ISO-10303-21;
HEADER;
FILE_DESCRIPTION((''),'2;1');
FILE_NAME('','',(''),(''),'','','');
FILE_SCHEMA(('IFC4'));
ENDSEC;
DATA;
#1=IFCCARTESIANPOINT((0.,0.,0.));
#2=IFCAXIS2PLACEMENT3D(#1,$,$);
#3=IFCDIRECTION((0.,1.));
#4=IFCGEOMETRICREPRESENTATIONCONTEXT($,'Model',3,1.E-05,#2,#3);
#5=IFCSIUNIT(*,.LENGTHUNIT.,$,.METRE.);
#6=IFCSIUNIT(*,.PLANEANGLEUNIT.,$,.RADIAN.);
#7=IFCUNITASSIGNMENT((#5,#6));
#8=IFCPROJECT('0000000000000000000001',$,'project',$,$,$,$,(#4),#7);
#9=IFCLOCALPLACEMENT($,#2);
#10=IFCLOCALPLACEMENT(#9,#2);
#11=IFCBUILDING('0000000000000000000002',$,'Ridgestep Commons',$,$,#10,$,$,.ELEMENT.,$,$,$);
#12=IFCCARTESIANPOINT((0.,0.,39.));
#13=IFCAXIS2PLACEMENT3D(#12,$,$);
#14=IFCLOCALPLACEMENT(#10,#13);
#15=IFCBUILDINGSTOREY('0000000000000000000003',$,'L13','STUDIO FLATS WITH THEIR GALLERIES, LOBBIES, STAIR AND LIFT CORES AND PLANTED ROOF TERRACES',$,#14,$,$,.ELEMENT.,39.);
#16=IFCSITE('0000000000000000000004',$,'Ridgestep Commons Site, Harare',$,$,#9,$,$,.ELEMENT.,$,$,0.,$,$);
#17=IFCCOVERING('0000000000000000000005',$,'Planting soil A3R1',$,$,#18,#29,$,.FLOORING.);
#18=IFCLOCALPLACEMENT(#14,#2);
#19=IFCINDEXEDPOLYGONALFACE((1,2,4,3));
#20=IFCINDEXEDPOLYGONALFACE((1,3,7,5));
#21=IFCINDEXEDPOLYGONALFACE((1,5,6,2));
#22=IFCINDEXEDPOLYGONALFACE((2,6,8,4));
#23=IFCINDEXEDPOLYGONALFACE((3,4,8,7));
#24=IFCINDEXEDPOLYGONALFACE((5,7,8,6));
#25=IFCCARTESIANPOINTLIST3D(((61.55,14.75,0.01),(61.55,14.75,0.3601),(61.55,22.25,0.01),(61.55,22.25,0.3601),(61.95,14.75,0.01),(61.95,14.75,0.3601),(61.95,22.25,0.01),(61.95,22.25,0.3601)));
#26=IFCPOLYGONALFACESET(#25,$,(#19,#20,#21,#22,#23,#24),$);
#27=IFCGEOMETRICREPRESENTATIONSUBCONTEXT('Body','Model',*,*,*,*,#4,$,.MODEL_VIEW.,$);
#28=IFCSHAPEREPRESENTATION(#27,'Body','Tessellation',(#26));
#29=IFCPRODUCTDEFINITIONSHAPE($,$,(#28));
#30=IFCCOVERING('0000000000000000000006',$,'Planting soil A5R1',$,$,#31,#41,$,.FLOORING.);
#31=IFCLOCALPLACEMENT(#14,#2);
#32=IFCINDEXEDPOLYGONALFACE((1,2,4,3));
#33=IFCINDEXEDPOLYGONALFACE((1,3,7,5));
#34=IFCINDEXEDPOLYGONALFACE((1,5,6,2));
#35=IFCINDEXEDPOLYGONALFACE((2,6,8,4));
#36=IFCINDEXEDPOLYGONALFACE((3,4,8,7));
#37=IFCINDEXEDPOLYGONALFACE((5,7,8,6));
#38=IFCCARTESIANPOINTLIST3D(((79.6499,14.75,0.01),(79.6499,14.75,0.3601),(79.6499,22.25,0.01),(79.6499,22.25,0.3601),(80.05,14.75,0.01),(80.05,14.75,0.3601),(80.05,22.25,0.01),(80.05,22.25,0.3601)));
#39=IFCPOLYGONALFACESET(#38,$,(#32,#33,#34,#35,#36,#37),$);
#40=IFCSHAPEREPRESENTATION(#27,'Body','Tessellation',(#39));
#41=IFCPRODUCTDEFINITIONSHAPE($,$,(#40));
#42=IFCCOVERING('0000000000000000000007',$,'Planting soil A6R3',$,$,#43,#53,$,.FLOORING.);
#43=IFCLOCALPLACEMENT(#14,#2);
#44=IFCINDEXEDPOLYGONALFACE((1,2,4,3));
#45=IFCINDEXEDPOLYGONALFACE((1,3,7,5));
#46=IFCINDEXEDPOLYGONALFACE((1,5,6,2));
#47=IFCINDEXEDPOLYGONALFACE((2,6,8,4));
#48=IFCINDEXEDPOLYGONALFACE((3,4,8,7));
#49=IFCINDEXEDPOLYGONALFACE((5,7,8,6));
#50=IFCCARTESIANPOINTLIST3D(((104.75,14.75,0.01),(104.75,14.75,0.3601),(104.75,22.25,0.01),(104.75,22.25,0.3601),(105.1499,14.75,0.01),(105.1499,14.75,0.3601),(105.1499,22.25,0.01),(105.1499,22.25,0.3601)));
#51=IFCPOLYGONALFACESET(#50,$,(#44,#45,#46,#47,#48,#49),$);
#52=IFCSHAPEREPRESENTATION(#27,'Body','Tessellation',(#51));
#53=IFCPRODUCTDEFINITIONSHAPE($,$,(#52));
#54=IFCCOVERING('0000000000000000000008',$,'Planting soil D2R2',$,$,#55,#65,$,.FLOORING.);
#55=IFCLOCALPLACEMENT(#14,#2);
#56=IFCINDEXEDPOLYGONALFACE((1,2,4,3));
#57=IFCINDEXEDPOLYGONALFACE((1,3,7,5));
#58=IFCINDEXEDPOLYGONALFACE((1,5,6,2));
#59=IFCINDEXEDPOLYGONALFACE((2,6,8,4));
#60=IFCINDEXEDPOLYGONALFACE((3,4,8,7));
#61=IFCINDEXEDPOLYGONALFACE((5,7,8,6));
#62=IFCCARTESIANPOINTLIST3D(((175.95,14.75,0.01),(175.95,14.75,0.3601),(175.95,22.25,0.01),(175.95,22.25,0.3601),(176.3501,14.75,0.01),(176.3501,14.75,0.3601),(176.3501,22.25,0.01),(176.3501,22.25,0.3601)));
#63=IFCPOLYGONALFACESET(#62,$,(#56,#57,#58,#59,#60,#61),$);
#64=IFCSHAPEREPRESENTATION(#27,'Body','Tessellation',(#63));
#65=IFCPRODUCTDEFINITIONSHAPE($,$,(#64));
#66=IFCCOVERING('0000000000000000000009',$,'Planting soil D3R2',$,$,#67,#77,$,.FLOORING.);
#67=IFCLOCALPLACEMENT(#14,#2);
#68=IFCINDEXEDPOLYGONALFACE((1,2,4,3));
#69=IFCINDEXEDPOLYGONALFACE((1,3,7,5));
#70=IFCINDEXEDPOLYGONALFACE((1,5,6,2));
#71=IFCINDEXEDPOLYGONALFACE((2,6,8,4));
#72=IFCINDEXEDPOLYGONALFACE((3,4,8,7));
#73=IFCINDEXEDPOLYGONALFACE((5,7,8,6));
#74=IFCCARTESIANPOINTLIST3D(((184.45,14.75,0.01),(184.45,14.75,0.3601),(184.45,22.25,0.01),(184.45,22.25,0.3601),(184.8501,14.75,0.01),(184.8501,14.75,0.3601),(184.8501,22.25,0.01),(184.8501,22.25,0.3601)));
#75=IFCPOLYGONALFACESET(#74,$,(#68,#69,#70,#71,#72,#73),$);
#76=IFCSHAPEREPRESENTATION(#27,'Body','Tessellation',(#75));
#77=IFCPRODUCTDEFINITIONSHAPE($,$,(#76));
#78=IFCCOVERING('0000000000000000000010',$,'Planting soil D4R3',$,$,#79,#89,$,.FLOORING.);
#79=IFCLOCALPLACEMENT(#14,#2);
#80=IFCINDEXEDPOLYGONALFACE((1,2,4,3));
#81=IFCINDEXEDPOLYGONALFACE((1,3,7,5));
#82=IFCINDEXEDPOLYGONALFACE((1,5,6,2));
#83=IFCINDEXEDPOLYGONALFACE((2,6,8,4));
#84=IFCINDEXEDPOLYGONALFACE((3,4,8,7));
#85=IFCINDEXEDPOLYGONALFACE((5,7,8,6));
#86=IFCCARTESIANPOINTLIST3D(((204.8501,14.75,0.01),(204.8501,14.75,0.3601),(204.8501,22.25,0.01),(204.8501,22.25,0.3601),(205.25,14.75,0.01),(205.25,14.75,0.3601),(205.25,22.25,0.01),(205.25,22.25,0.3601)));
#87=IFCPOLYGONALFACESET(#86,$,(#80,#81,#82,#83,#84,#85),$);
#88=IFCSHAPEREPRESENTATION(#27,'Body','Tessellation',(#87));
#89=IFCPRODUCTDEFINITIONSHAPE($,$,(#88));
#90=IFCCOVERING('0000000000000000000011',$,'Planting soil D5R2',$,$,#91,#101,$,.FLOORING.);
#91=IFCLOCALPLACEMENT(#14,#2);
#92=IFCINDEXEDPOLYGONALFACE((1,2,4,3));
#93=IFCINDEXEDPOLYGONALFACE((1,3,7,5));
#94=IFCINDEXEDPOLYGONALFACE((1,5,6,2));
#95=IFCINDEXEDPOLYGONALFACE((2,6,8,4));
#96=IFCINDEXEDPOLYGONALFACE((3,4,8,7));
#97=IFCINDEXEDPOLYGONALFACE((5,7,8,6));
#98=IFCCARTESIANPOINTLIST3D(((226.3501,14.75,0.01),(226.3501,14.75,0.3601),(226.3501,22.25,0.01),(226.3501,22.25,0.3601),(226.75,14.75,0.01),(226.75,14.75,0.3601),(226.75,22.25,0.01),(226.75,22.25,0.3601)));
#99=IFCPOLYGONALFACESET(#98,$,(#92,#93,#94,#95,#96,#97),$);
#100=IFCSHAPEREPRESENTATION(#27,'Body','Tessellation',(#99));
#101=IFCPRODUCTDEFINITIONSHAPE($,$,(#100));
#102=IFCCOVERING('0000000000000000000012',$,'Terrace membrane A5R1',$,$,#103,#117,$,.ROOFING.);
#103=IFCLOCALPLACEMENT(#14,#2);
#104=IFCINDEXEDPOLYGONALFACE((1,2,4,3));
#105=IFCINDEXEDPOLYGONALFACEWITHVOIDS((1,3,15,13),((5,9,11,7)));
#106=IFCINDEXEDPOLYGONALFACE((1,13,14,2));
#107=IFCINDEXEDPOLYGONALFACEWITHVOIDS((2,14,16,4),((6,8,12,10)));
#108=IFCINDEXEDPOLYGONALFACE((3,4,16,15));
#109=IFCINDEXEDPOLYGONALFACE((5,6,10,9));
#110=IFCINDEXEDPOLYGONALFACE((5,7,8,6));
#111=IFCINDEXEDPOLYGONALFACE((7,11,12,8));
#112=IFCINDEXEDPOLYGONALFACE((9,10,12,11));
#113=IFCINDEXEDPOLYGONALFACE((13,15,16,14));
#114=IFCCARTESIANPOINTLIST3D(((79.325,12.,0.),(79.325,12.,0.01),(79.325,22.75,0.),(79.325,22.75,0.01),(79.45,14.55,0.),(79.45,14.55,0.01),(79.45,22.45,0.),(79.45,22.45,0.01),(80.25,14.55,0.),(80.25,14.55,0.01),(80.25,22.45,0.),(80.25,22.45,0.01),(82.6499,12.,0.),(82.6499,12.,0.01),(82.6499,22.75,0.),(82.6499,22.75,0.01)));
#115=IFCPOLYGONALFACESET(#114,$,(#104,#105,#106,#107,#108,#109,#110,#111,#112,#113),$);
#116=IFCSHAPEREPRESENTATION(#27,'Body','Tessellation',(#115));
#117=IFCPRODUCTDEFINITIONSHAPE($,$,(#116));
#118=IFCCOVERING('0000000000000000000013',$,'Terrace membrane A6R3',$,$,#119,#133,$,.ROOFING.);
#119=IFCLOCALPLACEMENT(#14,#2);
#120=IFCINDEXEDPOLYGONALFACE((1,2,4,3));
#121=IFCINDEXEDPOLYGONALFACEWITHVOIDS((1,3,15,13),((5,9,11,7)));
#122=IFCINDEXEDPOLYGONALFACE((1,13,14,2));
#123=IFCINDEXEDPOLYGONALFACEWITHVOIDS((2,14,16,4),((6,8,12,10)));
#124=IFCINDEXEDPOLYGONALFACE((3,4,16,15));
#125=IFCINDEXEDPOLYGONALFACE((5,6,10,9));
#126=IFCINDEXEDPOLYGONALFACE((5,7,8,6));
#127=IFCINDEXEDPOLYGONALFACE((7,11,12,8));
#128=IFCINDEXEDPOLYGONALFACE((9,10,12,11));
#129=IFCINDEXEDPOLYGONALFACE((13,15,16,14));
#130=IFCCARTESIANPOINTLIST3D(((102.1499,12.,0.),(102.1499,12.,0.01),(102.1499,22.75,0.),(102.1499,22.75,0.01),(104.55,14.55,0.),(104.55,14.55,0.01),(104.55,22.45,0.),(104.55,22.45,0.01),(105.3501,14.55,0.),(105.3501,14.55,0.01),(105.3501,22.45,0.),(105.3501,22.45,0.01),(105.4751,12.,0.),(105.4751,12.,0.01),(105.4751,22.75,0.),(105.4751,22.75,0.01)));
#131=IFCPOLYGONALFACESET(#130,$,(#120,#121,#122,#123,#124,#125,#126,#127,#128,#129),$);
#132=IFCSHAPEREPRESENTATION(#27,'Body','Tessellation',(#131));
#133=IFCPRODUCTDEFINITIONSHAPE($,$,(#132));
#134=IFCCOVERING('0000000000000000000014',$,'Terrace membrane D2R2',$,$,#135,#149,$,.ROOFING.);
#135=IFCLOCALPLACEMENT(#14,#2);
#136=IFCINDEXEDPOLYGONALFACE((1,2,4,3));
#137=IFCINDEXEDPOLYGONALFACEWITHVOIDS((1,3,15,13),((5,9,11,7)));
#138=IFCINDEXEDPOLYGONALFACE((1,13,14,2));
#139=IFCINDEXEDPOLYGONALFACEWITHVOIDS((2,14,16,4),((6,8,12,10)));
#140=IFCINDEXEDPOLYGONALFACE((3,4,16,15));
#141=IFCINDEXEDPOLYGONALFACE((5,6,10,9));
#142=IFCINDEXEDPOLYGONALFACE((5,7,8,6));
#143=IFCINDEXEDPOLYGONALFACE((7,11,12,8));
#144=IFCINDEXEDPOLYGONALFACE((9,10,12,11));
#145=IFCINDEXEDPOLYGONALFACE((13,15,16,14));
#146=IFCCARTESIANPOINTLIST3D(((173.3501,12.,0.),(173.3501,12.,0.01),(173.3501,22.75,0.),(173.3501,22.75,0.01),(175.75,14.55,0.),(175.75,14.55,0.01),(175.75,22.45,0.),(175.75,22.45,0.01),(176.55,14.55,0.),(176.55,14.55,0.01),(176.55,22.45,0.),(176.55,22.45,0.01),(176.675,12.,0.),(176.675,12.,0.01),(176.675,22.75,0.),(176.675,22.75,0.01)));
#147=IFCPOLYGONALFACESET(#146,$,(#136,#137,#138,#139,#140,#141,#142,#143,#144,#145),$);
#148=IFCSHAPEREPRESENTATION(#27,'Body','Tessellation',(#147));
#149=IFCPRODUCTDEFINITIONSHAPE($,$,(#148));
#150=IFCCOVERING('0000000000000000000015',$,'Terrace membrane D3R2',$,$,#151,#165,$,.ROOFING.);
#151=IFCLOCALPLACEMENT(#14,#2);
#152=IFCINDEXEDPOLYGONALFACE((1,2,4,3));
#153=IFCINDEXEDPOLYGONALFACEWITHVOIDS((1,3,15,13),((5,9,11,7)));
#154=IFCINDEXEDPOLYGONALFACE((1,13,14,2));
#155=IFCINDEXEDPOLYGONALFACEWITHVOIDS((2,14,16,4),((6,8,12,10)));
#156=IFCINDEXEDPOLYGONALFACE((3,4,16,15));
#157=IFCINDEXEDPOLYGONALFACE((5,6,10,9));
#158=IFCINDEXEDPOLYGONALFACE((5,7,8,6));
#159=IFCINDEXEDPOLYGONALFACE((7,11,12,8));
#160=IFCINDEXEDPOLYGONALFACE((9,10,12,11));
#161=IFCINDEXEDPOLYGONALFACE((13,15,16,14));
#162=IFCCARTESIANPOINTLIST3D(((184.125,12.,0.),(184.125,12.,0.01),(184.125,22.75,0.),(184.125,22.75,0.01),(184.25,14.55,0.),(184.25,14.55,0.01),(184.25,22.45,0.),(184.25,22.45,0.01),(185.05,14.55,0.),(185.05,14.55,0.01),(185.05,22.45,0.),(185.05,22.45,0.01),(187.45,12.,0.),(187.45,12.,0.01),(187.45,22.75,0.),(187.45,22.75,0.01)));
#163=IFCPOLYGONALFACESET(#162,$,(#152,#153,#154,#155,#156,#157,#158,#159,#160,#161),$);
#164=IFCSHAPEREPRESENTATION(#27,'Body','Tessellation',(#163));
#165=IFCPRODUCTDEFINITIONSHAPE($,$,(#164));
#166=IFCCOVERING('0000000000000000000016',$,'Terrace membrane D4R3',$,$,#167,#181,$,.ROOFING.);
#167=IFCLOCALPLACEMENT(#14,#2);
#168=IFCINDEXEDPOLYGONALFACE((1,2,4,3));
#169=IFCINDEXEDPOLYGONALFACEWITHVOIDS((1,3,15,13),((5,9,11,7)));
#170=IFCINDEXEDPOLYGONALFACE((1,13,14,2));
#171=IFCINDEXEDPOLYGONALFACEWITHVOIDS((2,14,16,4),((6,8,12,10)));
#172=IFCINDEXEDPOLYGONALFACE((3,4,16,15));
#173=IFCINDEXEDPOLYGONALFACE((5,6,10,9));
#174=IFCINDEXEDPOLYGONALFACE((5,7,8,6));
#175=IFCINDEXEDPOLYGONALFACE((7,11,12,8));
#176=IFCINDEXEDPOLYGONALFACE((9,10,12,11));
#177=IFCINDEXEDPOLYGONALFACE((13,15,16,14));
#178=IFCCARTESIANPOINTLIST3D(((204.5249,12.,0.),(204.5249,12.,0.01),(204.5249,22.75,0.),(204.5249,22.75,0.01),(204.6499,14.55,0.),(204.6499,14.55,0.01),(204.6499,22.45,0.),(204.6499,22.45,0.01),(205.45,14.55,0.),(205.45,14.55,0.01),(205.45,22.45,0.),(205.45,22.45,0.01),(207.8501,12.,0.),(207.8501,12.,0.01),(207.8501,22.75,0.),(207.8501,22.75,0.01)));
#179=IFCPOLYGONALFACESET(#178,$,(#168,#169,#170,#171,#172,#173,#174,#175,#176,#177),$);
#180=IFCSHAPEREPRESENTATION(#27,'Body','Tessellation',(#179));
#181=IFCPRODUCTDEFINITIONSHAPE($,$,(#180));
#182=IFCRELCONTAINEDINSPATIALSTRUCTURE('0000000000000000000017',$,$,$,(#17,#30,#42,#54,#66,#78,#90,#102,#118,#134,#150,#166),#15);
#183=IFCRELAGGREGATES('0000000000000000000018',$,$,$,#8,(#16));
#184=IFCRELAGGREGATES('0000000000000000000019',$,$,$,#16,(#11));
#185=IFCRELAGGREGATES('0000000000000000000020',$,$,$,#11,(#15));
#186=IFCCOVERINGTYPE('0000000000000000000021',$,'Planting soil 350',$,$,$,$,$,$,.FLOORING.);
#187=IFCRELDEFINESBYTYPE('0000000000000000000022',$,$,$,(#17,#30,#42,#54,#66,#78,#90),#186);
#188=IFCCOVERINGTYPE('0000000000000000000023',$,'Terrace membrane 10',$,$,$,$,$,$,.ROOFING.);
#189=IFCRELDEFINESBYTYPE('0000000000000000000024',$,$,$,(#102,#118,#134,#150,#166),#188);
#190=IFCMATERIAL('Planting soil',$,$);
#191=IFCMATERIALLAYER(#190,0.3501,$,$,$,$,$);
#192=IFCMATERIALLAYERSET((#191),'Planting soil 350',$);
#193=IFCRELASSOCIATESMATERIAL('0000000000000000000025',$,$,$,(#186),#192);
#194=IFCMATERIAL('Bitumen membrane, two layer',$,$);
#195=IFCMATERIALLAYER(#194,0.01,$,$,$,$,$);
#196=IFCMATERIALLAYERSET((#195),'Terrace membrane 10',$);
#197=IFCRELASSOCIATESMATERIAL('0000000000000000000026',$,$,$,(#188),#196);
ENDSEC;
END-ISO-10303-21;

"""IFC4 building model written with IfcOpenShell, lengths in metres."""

from ifc_helpers import new_model, si_unit, direction, frame, origin, place, context, subcontext, project, spatial, polyline, outline, extrude, material, layer, layer_set, type_object, element, save


model = new_model("IFC4")

# Units and contexts
model_context = context("Model", 3, precision=1e-05, world=origin(), true_north=direction((0.0, 1.0)))
body_context = subcontext(model_context, "Body", "Model", "MODEL_VIEW")
ifc_project = project(units=[si_unit("LENGTHUNIT", "METRE"), si_unit("PLANEANGLEUNIT", "RADIAN")], contexts=[model_context])

# Site, building, storey
site_placement = place(None, origin())
site = spatial("IfcSite", under=ifc_project, at=site_placement, Name="Ridgestep Commons Site, Harare", CompositionType="ELEMENT", RefElevation=0.0)
building_placement = place(site_placement, origin())
building = spatial("IfcBuilding", under=site, at=building_placement, Name="Ridgestep Commons", CompositionType="ELEMENT")
storey_placement = place(building_placement, frame((0.0, 0.0, 39.0)))
storey = spatial("IfcBuildingStorey", under=building, at=storey_placement, Name="L13", Description="STUDIO FLATS WITH THEIR GALLERIES, LOBBIES, STAIR AND LIFT CORES AND PLANTED ROOF TERRACES", CompositionType="ELEMENT", Elevation=39.0)

# Coverings
ifc_material_1 = material(Name="Planting soil")
ifc_layer_1 = layer(ifc_material_1, 0.3501)
ifc_layer_set_1 = layer_set([ifc_layer_1], Name="Planting soil 350")
covering_type_1 = type_object("IfcCoveringType", Name="Planting soil 350", PredefinedType="FLOORING", material=ifc_layer_set_1)
covering_1_placement = place(storey_placement, frame((0.0, 0.0, 0.01)))
element("IfcCovering", 1, at=covering_1_placement, inside=storey, type_object=covering_type_1, Name="Planting soil A3R1", PredefinedType="FLOORING", context=body_context, shape_type="SweptSolid", body=[
    extrude(outline(polyline([(61.55, 14.75), (61.95, 14.75), (61.95, 22.25), (61.55, 22.25), (61.55, 14.75)])), origin(), (0.0, 0.0, 1.0), 0.3501),
])
covering_2_placement = place(storey_placement, frame((0.0, 0.0, 0.01)))
element("IfcCovering", 2, at=covering_2_placement, inside=storey, type_object=covering_type_1, Name="Planting soil A5R1", PredefinedType="FLOORING", context=body_context, shape_type="SweptSolid", body=[
    extrude(outline(polyline([(79.6499, 14.75), (80.05, 14.75), (80.05, 22.25), (79.6499, 22.25), (79.6499, 14.75)])), origin(), (0.0, 0.0, 1.0), 0.3501),
])
covering_3_placement = place(storey_placement, frame((0.0, 0.0, 0.01)))
element("IfcCovering", 3, at=covering_3_placement, inside=storey, type_object=covering_type_1, Name="Planting soil A6R3", PredefinedType="FLOORING", context=body_context, shape_type="SweptSolid", body=[
    extrude(outline(polyline([(104.75, 14.75), (105.1499, 14.75), (105.1499, 22.25), (104.75, 22.25), (104.75, 14.75)])), origin(), (0.0, 0.0, 1.0), 0.3501),
])
covering_4_placement = place(storey_placement, frame((0.0, 0.0, 0.01)))
element("IfcCovering", 4, at=covering_4_placement, inside=storey, type_object=covering_type_1, Name="Planting soil D2R2", PredefinedType="FLOORING", context=body_context, shape_type="SweptSolid", body=[
    extrude(outline(polyline([(175.95, 14.75), (176.3501, 14.75), (176.3501, 22.25), (175.95, 22.25), (175.95, 14.75)])), origin(), (0.0, 0.0, 1.0), 0.3501),
])
covering_5_placement = place(storey_placement, frame((0.0, 0.0, 0.01)))
element("IfcCovering", 5, at=covering_5_placement, inside=storey, type_object=covering_type_1, Name="Planting soil D3R2", PredefinedType="FLOORING", context=body_context, shape_type="SweptSolid", body=[
    extrude(outline(polyline([(184.45, 14.75), (184.8501, 14.75), (184.8501, 22.25), (184.45, 22.25), (184.45, 14.75)])), origin(), (0.0, 0.0, 1.0), 0.3501),
])
covering_6_placement = place(storey_placement, frame((0.0, 0.0, 0.01)))
element("IfcCovering", 6, at=covering_6_placement, inside=storey, type_object=covering_type_1, Name="Planting soil D4R3", PredefinedType="FLOORING", context=body_context, shape_type="SweptSolid", body=[
    extrude(outline(polyline([(204.8501, 14.75), (205.25, 14.75), (205.25, 22.25), (204.8501, 22.25), (204.8501, 14.75)])), origin(), (0.0, 0.0, 1.0), 0.3501),
])
covering_7_placement = place(storey_placement, frame((0.0, 0.0, 0.01)))
element("IfcCovering", 7, at=covering_7_placement, inside=storey, type_object=covering_type_1, Name="Planting soil D5R2", PredefinedType="FLOORING", context=body_context, shape_type="SweptSolid", body=[
    extrude(outline(polyline([(226.3501, 14.75), (226.75, 14.75), (226.75, 22.25), (226.3501, 22.25), (226.3501, 14.75)])), origin(), (0.0, 0.0, 1.0), 0.3501),
])
ifc_material_2 = material(Name="Bitumen membrane, two layer")
ifc_layer_2 = layer(ifc_material_2, 0.01)
ifc_layer_set_2 = layer_set([ifc_layer_2], Name="Terrace membrane 10")
covering_type_2 = type_object("IfcCoveringType", Name="Terrace membrane 10", PredefinedType="ROOFING", material=ifc_layer_set_2)
covering_8_placement = place(storey_placement, origin())
element("IfcCovering", 8, at=covering_8_placement, inside=storey, type_object=covering_type_2, Name="Terrace membrane A5R1", PredefinedType="ROOFING", context=body_context, shape_type="SweptSolid", body=[
    extrude(outline(polyline([(82.6499, 12.0), (82.6499, 22.75), (79.325, 22.75), (79.325, 12.0), (82.6499, 12.0)]), holes=[polyline([(80.25, 14.55), (80.25, 22.45), (79.45, 22.45), (79.45, 14.55), (80.25, 14.55)])]), origin(), (0.0, 0.0, 1.0), 0.01),
])
covering_9_placement = place(storey_placement, origin())
element("IfcCovering", 9, at=covering_9_placement, inside=storey, type_object=covering_type_2, Name="Terrace membrane A6R3", PredefinedType="ROOFING", context=body_context, shape_type="SweptSolid", body=[
    extrude(outline(polyline([(105.4751, 12.0), (105.4751, 22.75), (102.1499, 22.75), (102.1499, 12.0), (105.4751, 12.0)]), holes=[polyline([(105.3501, 14.55), (105.3501, 22.45), (104.55, 22.45), (104.55, 14.55), (105.3501, 14.55)])]), origin(), (0.0, 0.0, 1.0), 0.01),
])
covering_10_placement = place(storey_placement, origin())
element("IfcCovering", 10, at=covering_10_placement, inside=storey, type_object=covering_type_2, Name="Terrace membrane D2R2", PredefinedType="ROOFING", context=body_context, shape_type="SweptSolid", body=[
    extrude(outline(polyline([(176.675, 12.0), (176.675, 22.75), (173.3501, 22.75), (173.3501, 12.0), (176.675, 12.0)]), holes=[polyline([(176.55, 14.55), (176.55, 22.45), (175.75, 22.45), (175.75, 14.55), (176.55, 14.55)])]), origin(), (0.0, 0.0, 1.0), 0.01),
])
covering_11_placement = place(storey_placement, origin())
element("IfcCovering", 11, at=covering_11_placement, inside=storey, type_object=covering_type_2, Name="Terrace membrane D3R2", PredefinedType="ROOFING", context=body_context, shape_type="SweptSolid", body=[
    extrude(outline(polyline([(187.45, 12.0), (187.45, 22.75), (184.125, 22.75), (184.125, 12.0), (187.45, 12.0)]), holes=[polyline([(185.05, 14.55), (185.05, 22.45), (184.25, 22.45), (184.25, 14.55), (185.05, 14.55)])]), origin(), (0.0, 0.0, 1.0), 0.01),
])
covering_12_placement = place(storey_placement, origin())
element("IfcCovering", 12, at=covering_12_placement, inside=storey, type_object=covering_type_2, Name="Terrace membrane D4R3", PredefinedType="ROOFING", context=body_context, shape_type="SweptSolid", body=[
    extrude(outline(polyline([(207.8501, 12.0), (207.8501, 22.75), (204.5249, 22.75), (204.5249, 12.0), (207.8501, 12.0)]), holes=[polyline([(205.45, 14.55), (205.45, 22.45), (204.6499, 22.45), (204.6499, 14.55), (205.45, 14.55)])]), origin(), (0.0, 0.0, 1.0), 0.01),
])

save(model, "model.ifc")
